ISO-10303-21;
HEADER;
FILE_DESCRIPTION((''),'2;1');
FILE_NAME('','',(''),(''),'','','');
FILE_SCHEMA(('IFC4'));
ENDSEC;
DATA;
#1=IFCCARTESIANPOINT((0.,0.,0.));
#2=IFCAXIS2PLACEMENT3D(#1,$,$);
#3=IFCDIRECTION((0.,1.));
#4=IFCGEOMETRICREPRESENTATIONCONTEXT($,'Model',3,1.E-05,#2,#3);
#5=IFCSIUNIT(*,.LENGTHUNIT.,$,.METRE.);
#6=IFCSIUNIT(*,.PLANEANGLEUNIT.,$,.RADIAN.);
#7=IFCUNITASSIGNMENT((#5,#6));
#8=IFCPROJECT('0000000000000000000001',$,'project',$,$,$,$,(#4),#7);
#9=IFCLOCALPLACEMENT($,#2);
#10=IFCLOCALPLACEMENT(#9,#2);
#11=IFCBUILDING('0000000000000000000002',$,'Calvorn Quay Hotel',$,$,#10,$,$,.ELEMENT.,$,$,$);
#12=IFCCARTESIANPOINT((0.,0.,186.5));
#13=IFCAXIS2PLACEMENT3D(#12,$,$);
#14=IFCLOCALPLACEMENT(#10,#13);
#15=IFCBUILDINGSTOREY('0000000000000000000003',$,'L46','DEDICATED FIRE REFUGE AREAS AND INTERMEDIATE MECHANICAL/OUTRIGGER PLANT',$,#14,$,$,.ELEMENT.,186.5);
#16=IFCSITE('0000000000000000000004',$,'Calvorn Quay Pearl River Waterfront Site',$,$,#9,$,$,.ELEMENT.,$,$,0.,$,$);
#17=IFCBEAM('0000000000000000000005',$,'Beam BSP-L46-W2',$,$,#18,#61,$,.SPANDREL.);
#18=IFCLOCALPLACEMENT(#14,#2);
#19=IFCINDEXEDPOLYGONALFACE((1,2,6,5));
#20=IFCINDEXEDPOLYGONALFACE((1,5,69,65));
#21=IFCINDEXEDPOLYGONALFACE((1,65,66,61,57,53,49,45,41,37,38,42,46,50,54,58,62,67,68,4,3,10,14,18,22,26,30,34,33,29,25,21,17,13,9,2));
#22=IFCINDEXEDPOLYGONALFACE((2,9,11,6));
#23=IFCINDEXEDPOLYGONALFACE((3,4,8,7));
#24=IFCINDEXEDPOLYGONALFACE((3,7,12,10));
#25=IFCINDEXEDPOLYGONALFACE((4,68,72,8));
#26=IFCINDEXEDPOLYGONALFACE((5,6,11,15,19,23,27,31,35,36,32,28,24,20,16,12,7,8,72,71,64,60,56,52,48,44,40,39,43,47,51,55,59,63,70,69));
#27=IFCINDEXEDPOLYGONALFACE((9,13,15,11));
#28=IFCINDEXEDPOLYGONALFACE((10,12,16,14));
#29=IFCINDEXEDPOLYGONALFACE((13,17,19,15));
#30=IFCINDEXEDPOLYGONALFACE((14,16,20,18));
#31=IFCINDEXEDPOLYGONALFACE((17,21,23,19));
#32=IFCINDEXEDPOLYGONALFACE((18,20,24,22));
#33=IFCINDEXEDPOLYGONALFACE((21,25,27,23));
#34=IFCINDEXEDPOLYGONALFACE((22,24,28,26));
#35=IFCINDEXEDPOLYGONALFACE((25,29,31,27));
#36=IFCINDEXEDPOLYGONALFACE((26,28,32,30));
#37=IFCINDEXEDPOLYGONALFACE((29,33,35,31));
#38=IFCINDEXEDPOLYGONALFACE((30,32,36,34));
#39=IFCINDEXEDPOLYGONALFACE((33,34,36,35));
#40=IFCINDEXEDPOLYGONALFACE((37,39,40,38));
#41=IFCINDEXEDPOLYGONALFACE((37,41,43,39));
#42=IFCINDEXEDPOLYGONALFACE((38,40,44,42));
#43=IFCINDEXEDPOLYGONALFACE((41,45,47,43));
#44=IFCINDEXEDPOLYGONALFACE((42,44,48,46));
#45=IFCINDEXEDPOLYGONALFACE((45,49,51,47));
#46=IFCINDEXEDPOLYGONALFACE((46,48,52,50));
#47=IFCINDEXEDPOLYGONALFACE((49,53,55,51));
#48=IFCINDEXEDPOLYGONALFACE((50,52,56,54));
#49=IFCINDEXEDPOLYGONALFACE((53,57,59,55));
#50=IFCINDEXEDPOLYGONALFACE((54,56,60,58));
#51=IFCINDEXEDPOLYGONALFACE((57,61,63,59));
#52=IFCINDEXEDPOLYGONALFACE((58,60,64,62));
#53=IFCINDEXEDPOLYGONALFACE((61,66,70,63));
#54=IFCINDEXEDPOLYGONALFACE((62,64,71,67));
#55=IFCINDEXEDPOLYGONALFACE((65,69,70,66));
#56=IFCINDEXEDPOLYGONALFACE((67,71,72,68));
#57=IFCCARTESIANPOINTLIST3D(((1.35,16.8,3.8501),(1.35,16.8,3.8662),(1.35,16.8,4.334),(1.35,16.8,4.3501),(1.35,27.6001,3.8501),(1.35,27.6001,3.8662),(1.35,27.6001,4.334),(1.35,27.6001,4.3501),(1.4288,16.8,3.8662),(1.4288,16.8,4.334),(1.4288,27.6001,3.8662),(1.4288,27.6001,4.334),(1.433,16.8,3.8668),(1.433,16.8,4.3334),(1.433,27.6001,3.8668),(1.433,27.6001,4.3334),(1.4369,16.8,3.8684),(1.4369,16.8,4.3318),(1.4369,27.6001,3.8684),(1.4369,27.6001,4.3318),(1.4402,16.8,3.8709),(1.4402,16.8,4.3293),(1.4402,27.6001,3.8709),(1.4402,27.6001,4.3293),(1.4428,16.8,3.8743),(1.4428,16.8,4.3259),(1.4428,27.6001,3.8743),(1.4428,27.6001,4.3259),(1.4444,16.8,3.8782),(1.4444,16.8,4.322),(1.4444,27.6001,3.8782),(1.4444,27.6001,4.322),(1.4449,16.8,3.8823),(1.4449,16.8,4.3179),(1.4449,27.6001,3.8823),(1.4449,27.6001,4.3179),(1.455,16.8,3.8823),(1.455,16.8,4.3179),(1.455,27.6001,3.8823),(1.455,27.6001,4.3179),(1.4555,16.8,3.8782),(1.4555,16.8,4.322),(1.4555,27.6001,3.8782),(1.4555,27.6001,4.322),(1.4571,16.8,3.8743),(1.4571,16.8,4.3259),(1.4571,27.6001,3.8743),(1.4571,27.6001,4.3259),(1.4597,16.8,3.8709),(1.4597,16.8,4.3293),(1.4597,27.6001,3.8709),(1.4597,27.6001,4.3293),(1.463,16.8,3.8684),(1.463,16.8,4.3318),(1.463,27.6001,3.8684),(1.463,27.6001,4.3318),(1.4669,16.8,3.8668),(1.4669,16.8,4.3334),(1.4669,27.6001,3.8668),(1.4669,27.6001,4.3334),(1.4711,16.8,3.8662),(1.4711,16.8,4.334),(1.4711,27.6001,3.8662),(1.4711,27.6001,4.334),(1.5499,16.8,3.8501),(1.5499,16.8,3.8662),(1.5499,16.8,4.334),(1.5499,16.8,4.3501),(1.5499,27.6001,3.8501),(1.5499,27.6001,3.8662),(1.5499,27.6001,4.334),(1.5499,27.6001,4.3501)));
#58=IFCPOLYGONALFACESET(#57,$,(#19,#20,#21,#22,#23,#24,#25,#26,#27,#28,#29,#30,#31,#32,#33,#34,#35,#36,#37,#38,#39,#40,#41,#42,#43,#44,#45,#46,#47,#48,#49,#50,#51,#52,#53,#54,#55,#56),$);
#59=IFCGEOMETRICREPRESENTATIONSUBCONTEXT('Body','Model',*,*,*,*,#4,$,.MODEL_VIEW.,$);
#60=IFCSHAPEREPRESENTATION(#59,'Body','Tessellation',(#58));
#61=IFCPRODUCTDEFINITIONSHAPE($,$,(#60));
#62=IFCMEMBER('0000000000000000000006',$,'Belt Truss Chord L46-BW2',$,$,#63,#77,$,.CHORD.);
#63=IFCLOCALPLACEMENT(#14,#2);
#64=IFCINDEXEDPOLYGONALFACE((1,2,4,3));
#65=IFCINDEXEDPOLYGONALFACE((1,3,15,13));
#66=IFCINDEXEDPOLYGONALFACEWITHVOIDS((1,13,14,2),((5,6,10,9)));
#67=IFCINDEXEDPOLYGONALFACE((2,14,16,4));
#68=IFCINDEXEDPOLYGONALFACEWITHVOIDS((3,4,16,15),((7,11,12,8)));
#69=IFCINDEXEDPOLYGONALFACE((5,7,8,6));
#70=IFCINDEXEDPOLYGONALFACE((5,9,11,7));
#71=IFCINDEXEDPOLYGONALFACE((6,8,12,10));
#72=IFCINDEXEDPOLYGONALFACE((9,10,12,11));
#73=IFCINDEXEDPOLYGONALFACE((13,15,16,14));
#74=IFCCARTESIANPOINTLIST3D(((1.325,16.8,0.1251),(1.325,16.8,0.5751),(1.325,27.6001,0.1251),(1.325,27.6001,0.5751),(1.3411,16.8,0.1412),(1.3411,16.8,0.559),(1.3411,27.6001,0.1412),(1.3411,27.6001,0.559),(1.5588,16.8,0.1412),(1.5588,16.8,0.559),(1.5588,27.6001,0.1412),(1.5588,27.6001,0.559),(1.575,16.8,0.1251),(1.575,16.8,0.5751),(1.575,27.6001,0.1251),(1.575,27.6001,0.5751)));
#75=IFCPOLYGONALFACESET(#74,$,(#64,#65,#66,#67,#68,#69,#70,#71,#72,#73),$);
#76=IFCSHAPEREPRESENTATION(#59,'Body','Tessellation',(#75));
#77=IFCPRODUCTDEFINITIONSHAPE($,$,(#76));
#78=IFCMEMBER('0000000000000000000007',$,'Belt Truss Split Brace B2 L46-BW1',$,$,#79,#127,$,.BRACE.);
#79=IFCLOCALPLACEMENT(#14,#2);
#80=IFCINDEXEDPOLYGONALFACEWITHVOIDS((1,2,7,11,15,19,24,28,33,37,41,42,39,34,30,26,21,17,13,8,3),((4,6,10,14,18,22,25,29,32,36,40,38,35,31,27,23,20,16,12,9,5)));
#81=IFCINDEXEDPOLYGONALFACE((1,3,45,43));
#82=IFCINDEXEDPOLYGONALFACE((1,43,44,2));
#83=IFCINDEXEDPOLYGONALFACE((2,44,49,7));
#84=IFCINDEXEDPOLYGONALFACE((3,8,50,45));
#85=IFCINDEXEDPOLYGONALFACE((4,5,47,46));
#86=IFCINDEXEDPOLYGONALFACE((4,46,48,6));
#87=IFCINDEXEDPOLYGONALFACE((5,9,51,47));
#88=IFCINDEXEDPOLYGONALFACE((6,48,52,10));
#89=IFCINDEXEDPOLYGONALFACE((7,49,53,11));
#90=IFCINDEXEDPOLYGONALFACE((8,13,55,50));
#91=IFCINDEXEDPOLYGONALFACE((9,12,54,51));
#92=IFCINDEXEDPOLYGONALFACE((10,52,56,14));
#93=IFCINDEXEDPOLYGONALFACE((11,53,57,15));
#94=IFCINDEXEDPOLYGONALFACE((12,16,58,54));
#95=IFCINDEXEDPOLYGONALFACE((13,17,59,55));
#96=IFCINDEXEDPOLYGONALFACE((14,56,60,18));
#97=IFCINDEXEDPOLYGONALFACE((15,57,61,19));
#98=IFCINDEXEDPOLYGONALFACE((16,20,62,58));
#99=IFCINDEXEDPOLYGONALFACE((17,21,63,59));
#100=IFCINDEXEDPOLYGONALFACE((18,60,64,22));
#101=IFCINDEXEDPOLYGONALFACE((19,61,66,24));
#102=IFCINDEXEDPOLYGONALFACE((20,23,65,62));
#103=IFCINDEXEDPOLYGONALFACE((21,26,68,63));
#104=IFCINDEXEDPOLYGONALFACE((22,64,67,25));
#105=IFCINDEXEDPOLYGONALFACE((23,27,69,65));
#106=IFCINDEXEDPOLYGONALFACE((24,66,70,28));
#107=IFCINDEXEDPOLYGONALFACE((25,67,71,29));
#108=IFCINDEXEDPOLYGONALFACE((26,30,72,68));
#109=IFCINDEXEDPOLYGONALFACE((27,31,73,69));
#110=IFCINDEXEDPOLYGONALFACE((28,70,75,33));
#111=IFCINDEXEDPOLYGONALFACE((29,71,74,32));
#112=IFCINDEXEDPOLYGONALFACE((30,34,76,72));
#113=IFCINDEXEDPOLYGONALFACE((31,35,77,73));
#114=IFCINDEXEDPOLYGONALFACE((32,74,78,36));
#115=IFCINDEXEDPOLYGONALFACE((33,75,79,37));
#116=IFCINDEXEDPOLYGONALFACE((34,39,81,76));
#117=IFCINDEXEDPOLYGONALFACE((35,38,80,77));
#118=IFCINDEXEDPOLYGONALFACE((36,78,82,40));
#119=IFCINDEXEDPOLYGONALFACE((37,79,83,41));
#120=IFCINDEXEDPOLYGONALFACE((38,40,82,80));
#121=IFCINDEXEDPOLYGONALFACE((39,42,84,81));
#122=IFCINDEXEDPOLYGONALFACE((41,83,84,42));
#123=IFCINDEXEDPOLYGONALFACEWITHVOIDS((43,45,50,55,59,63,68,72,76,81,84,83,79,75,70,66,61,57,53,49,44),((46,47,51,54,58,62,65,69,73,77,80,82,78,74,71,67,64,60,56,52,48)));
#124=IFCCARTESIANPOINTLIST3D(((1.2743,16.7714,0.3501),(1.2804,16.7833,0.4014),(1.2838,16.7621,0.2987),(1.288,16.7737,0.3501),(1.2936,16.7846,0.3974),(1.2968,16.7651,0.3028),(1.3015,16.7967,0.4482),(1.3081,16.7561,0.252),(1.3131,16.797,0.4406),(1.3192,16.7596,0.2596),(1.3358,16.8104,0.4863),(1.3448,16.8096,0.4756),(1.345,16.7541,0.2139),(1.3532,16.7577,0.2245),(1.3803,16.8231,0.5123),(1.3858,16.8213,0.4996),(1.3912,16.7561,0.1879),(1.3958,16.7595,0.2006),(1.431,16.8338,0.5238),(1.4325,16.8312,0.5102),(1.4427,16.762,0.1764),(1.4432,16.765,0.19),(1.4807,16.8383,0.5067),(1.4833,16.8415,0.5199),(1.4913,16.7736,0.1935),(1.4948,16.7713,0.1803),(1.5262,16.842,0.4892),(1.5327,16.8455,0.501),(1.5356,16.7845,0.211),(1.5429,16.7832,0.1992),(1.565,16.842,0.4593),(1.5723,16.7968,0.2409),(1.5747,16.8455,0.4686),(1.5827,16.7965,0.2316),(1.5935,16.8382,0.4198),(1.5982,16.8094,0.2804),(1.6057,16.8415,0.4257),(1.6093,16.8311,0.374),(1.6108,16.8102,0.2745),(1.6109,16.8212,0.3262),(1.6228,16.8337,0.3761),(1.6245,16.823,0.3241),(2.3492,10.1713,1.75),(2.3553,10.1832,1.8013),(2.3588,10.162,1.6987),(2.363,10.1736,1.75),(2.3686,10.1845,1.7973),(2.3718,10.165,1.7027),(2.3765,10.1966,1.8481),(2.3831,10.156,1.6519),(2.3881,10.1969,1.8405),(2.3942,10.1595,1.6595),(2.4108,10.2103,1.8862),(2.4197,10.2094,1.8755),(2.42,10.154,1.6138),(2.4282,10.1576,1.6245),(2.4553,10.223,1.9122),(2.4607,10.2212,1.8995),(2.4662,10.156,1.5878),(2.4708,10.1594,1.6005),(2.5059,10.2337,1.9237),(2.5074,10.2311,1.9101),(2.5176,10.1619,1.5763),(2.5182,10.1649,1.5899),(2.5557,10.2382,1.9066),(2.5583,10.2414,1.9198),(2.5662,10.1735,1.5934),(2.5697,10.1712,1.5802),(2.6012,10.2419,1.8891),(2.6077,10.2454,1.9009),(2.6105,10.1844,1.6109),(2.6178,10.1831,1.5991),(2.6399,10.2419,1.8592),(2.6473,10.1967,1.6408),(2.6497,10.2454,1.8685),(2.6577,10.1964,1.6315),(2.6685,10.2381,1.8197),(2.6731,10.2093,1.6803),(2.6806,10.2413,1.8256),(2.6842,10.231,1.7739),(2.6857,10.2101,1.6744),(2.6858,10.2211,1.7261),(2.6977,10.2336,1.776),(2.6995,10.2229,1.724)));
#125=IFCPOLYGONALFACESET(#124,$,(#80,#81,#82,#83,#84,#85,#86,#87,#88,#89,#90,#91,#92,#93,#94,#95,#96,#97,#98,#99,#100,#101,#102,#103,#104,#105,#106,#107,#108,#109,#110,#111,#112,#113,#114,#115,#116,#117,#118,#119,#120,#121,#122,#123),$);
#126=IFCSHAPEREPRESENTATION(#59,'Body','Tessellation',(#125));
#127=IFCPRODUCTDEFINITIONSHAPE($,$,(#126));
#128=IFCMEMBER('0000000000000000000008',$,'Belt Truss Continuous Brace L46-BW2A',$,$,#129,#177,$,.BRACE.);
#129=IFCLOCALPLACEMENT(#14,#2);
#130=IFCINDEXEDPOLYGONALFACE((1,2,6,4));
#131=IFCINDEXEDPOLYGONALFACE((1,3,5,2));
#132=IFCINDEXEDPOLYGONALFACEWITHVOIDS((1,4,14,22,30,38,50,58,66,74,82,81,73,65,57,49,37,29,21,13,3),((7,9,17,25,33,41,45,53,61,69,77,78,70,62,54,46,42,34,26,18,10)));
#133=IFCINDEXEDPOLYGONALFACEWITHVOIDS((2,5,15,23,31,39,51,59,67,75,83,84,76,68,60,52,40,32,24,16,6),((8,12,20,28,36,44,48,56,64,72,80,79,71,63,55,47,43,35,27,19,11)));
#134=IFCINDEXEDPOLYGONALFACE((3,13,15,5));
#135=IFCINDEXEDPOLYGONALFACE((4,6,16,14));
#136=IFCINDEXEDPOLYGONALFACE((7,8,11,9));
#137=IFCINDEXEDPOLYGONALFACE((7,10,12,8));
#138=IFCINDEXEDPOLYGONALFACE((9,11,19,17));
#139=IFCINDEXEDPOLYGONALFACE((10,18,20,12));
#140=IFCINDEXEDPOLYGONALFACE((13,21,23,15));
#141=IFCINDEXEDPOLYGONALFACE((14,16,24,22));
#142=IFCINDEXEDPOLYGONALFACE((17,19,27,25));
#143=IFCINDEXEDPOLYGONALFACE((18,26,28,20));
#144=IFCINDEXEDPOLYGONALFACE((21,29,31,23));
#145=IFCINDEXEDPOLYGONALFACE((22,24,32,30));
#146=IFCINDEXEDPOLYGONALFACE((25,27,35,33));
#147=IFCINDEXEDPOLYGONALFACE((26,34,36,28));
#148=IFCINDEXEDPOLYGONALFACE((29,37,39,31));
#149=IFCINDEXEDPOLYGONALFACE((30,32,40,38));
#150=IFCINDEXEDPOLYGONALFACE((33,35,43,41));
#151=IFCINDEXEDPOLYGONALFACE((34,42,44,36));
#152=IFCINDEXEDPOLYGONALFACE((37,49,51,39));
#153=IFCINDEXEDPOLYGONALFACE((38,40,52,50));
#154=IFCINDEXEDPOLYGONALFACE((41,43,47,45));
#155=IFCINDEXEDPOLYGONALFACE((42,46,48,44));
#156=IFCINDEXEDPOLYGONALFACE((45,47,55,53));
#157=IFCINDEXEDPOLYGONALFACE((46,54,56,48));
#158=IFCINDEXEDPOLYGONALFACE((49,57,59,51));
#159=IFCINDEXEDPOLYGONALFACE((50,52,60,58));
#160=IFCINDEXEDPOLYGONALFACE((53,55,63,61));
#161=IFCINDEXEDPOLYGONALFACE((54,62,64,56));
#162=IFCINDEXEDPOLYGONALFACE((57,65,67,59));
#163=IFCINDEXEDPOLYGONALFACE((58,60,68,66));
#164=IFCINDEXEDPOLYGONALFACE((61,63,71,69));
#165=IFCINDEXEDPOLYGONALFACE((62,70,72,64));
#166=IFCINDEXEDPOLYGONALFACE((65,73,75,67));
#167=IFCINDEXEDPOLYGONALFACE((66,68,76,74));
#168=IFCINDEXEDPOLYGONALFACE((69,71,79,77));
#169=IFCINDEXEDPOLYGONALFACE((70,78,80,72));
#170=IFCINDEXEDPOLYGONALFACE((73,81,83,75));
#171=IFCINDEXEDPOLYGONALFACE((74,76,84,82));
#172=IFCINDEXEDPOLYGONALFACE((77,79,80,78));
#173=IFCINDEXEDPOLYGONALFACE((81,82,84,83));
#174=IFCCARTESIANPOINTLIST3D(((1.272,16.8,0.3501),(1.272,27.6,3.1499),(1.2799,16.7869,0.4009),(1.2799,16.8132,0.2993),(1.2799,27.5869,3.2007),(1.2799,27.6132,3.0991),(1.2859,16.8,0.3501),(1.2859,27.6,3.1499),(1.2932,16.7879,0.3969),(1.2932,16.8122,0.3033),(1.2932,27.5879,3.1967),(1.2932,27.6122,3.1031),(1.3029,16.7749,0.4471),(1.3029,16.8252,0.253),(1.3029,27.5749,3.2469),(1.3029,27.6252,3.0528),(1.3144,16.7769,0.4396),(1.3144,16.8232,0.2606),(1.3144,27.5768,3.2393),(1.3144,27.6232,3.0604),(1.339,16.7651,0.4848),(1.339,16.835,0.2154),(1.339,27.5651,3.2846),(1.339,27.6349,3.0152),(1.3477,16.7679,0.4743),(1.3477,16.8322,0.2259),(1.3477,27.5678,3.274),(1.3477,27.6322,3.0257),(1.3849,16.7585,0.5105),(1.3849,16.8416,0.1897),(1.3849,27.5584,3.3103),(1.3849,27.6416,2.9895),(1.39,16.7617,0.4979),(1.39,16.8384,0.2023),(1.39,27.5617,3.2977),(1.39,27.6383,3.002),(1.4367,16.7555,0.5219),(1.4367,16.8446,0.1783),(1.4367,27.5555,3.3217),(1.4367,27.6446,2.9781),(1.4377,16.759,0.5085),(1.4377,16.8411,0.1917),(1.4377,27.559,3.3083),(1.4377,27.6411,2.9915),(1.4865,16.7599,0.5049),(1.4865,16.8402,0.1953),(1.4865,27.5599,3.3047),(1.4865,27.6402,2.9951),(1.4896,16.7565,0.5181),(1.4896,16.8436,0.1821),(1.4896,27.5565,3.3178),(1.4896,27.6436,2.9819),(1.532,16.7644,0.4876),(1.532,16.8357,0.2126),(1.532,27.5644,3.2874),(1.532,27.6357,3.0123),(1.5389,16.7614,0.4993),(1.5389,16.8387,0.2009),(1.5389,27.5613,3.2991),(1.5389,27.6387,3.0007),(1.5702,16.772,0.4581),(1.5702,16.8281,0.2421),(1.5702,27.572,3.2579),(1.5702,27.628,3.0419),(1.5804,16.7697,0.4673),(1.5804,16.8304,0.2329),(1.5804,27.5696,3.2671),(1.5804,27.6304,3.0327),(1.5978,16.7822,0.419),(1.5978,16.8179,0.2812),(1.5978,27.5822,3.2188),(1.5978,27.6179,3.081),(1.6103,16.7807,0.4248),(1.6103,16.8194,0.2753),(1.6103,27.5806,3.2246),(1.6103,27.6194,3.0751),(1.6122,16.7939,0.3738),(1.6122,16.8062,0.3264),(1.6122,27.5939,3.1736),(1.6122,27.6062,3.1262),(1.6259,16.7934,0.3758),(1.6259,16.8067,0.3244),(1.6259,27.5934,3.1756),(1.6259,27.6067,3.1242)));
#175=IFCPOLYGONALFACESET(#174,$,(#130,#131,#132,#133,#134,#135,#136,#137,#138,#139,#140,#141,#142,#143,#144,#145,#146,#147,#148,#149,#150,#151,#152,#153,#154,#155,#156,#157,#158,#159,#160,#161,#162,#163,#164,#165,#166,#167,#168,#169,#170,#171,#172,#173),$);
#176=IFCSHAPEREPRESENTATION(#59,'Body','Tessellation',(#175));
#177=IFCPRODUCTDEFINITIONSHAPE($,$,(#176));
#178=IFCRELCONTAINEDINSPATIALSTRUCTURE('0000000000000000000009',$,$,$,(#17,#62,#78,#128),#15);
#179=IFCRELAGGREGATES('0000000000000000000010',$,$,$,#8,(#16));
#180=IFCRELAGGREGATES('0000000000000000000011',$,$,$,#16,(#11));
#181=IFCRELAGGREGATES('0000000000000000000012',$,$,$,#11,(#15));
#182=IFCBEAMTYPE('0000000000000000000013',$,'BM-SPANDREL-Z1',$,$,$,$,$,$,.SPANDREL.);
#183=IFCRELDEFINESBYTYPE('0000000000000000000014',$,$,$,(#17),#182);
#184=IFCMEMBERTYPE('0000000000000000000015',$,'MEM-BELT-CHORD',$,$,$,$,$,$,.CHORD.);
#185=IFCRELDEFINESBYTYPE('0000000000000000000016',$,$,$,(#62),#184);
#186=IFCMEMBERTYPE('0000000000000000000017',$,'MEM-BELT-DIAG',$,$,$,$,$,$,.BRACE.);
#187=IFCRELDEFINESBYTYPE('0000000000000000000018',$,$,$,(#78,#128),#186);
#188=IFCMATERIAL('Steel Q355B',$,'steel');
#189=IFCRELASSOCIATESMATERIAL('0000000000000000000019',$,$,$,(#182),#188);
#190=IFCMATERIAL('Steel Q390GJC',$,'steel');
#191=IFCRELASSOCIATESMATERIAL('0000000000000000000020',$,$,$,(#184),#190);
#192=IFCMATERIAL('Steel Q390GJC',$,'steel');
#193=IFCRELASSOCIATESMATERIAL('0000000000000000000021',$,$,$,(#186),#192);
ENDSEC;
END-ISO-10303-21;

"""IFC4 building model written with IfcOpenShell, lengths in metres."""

from ifc_helpers import new_model, si_unit, direction, frame, origin, origin_2d, place, context, subcontext, project, spatial, hollow_rectangle, hollow_circle, i_section, extrude, material, material_profile, profile_set, type_object, element, save


model = new_model("IFC4")

# Units and contexts
model_context = context("Model", 3, precision=1e-05, world=origin(), true_north=direction((0.0, 1.0)))
body_context = subcontext(model_context, "Body", "Model", "MODEL_VIEW")
ifc_project = project(units=[si_unit("LENGTHUNIT", "METRE"), si_unit("PLANEANGLEUNIT", "RADIAN")], contexts=[model_context])

# Site, building, storey
site_placement = place(None, origin())
site = spatial("IfcSite", under=ifc_project, at=site_placement, Name="Calvorn Quay Pearl River Waterfront Site", CompositionType="ELEMENT", RefElevation=0.0)
building_placement = place(site_placement, origin())
building = spatial("IfcBuilding", under=site, at=building_placement, Name="Calvorn Quay Hotel", CompositionType="ELEMENT")
storey_placement = place(building_placement, frame((0.0, 0.0, 186.5)))
storey = spatial("IfcBuildingStorey", under=building, at=storey_placement, Name="L46", Description="DEDICATED FIRE REFUGE AREAS AND INTERMEDIATE MECHANICAL/OUTRIGGER PLANT", CompositionType="ELEMENT", Elevation=186.5)

# Beam
ifc_material_1 = material(Name="Steel Q355B", Category="steel")
ifc_material_profile_1 = material_profile(ifc_material_1, i_section(OverallWidth=0.2, OverallDepth=0.5, WebThickness=0.01, FlangeThickness=0.0161, FilletRadius=0.0161, at=origin_2d()), Name="HN500x200x10x16")
ifc_profile_set_1 = profile_set([ifc_material_profile_1], Name="Steel Q355B")
beam_type_1 = type_object("IfcBeamType", Name="BM-SPANDREL-Z1", PredefinedType="SPANDREL", material=ifc_profile_set_1)
beam_1_placement = place(storey_placement, frame((1.45, 16.8, 4.1001), z_axis=(0.0, 1.0, 0.0), x_axis=(-1.0, 0.0, 0.0)))
element("IfcBeam", 1, at=beam_1_placement, inside=storey, type_object=beam_type_1, Name="Beam BSP-L46-W2", PredefinedType="SPANDREL", context=body_context, shape_type="SweptSolid", body=[
    extrude(i_section(OverallWidth=0.2, OverallDepth=0.5, WebThickness=0.01, FlangeThickness=0.0161, FilletRadius=0.0161, at=origin_2d()), origin(), (0.0, 0.0, 1.0), 10.8),
])

# Members
ifc_material_2 = material(Name="Steel Q390GJC", Category="steel")
ifc_material_profile_2 = material_profile(ifc_material_2, hollow_rectangle(XDim=0.25, YDim=0.45, WallThickness=0.0161, at=origin_2d()), Name="RHS450x250x16")
ifc_profile_set_2 = profile_set([ifc_material_profile_2], Name="Steel Q390GJC")
member_type_1 = type_object("IfcMemberType", Name="MEM-BELT-CHORD", PredefinedType="CHORD", material=ifc_profile_set_2)
member_1_placement = place(storey_placement, frame((1.45, 16.8, 0.3501), z_axis=(0.0, 1.0, 0.0), x_axis=(-1.0, 0.0, 0.0)))
element("IfcMember", 2, at=member_1_placement, inside=storey, type_object=member_type_1, Name="Belt Truss Chord L46-BW2", PredefinedType="CHORD", context=body_context, shape_type="SweptSolid", body=[
    extrude(hollow_rectangle(XDim=0.25, YDim=0.45, WallThickness=0.0161, at=origin_2d()), origin(), (0.0, 0.0, 1.0), 10.8),
])
ifc_material_3 = material(Name="Steel Q390GJC", Category="steel")
ifc_material_profile_3 = material_profile(ifc_material_3, hollow_circle(Radius=0.178, WallThickness=0.0139, at=origin_2d()), Name="CHS356x14")
ifc_profile_set_3 = profile_set([ifc_material_profile_3], Name="Steel Q390GJC")
member_type_2 = type_object("IfcMemberType", Name="MEM-BELT-DIAG", PredefinedType="BRACE", material=ifc_profile_set_3)
member_2_placement = place(storey_placement, frame((2.5249, 10.2, 1.75), z_axis=(-0.15734, 0.966053, -0.204903), x_axis=(-0.986995, -0.160751, 0.0)))
element("IfcMember", 3, at=member_2_placement, inside=storey, type_object=member_type_2, Name="Belt Truss Split Brace B2 L46-BW1", PredefinedType="BRACE", context=body_context, shape_type="SweptSolid", body=[
    extrude(hollow_circle(Radius=0.178, WallThickness=0.0139, at=origin_2d()), origin(), (0.0, 0.0, 1.0), 6.832),
])
member_3_placement = place(storey_placement, frame((1.45, 16.8, 0.3501), z_axis=(0.0, 0.968001, 0.250945), x_axis=(-1.0, 0.0, 0.0)))
element("IfcMember", 4, at=member_3_placement, inside=storey, type_object=member_type_2, Name="Belt Truss Continuous Brace L46-BW2A", PredefinedType="BRACE", context=body_context, shape_type="SweptSolid", body=[
    extrude(hollow_circle(Radius=0.178, WallThickness=0.0139, at=origin_2d()), origin(), (0.0, 0.0, 1.0), 11.157),
])

save(model, "model.ifc")
